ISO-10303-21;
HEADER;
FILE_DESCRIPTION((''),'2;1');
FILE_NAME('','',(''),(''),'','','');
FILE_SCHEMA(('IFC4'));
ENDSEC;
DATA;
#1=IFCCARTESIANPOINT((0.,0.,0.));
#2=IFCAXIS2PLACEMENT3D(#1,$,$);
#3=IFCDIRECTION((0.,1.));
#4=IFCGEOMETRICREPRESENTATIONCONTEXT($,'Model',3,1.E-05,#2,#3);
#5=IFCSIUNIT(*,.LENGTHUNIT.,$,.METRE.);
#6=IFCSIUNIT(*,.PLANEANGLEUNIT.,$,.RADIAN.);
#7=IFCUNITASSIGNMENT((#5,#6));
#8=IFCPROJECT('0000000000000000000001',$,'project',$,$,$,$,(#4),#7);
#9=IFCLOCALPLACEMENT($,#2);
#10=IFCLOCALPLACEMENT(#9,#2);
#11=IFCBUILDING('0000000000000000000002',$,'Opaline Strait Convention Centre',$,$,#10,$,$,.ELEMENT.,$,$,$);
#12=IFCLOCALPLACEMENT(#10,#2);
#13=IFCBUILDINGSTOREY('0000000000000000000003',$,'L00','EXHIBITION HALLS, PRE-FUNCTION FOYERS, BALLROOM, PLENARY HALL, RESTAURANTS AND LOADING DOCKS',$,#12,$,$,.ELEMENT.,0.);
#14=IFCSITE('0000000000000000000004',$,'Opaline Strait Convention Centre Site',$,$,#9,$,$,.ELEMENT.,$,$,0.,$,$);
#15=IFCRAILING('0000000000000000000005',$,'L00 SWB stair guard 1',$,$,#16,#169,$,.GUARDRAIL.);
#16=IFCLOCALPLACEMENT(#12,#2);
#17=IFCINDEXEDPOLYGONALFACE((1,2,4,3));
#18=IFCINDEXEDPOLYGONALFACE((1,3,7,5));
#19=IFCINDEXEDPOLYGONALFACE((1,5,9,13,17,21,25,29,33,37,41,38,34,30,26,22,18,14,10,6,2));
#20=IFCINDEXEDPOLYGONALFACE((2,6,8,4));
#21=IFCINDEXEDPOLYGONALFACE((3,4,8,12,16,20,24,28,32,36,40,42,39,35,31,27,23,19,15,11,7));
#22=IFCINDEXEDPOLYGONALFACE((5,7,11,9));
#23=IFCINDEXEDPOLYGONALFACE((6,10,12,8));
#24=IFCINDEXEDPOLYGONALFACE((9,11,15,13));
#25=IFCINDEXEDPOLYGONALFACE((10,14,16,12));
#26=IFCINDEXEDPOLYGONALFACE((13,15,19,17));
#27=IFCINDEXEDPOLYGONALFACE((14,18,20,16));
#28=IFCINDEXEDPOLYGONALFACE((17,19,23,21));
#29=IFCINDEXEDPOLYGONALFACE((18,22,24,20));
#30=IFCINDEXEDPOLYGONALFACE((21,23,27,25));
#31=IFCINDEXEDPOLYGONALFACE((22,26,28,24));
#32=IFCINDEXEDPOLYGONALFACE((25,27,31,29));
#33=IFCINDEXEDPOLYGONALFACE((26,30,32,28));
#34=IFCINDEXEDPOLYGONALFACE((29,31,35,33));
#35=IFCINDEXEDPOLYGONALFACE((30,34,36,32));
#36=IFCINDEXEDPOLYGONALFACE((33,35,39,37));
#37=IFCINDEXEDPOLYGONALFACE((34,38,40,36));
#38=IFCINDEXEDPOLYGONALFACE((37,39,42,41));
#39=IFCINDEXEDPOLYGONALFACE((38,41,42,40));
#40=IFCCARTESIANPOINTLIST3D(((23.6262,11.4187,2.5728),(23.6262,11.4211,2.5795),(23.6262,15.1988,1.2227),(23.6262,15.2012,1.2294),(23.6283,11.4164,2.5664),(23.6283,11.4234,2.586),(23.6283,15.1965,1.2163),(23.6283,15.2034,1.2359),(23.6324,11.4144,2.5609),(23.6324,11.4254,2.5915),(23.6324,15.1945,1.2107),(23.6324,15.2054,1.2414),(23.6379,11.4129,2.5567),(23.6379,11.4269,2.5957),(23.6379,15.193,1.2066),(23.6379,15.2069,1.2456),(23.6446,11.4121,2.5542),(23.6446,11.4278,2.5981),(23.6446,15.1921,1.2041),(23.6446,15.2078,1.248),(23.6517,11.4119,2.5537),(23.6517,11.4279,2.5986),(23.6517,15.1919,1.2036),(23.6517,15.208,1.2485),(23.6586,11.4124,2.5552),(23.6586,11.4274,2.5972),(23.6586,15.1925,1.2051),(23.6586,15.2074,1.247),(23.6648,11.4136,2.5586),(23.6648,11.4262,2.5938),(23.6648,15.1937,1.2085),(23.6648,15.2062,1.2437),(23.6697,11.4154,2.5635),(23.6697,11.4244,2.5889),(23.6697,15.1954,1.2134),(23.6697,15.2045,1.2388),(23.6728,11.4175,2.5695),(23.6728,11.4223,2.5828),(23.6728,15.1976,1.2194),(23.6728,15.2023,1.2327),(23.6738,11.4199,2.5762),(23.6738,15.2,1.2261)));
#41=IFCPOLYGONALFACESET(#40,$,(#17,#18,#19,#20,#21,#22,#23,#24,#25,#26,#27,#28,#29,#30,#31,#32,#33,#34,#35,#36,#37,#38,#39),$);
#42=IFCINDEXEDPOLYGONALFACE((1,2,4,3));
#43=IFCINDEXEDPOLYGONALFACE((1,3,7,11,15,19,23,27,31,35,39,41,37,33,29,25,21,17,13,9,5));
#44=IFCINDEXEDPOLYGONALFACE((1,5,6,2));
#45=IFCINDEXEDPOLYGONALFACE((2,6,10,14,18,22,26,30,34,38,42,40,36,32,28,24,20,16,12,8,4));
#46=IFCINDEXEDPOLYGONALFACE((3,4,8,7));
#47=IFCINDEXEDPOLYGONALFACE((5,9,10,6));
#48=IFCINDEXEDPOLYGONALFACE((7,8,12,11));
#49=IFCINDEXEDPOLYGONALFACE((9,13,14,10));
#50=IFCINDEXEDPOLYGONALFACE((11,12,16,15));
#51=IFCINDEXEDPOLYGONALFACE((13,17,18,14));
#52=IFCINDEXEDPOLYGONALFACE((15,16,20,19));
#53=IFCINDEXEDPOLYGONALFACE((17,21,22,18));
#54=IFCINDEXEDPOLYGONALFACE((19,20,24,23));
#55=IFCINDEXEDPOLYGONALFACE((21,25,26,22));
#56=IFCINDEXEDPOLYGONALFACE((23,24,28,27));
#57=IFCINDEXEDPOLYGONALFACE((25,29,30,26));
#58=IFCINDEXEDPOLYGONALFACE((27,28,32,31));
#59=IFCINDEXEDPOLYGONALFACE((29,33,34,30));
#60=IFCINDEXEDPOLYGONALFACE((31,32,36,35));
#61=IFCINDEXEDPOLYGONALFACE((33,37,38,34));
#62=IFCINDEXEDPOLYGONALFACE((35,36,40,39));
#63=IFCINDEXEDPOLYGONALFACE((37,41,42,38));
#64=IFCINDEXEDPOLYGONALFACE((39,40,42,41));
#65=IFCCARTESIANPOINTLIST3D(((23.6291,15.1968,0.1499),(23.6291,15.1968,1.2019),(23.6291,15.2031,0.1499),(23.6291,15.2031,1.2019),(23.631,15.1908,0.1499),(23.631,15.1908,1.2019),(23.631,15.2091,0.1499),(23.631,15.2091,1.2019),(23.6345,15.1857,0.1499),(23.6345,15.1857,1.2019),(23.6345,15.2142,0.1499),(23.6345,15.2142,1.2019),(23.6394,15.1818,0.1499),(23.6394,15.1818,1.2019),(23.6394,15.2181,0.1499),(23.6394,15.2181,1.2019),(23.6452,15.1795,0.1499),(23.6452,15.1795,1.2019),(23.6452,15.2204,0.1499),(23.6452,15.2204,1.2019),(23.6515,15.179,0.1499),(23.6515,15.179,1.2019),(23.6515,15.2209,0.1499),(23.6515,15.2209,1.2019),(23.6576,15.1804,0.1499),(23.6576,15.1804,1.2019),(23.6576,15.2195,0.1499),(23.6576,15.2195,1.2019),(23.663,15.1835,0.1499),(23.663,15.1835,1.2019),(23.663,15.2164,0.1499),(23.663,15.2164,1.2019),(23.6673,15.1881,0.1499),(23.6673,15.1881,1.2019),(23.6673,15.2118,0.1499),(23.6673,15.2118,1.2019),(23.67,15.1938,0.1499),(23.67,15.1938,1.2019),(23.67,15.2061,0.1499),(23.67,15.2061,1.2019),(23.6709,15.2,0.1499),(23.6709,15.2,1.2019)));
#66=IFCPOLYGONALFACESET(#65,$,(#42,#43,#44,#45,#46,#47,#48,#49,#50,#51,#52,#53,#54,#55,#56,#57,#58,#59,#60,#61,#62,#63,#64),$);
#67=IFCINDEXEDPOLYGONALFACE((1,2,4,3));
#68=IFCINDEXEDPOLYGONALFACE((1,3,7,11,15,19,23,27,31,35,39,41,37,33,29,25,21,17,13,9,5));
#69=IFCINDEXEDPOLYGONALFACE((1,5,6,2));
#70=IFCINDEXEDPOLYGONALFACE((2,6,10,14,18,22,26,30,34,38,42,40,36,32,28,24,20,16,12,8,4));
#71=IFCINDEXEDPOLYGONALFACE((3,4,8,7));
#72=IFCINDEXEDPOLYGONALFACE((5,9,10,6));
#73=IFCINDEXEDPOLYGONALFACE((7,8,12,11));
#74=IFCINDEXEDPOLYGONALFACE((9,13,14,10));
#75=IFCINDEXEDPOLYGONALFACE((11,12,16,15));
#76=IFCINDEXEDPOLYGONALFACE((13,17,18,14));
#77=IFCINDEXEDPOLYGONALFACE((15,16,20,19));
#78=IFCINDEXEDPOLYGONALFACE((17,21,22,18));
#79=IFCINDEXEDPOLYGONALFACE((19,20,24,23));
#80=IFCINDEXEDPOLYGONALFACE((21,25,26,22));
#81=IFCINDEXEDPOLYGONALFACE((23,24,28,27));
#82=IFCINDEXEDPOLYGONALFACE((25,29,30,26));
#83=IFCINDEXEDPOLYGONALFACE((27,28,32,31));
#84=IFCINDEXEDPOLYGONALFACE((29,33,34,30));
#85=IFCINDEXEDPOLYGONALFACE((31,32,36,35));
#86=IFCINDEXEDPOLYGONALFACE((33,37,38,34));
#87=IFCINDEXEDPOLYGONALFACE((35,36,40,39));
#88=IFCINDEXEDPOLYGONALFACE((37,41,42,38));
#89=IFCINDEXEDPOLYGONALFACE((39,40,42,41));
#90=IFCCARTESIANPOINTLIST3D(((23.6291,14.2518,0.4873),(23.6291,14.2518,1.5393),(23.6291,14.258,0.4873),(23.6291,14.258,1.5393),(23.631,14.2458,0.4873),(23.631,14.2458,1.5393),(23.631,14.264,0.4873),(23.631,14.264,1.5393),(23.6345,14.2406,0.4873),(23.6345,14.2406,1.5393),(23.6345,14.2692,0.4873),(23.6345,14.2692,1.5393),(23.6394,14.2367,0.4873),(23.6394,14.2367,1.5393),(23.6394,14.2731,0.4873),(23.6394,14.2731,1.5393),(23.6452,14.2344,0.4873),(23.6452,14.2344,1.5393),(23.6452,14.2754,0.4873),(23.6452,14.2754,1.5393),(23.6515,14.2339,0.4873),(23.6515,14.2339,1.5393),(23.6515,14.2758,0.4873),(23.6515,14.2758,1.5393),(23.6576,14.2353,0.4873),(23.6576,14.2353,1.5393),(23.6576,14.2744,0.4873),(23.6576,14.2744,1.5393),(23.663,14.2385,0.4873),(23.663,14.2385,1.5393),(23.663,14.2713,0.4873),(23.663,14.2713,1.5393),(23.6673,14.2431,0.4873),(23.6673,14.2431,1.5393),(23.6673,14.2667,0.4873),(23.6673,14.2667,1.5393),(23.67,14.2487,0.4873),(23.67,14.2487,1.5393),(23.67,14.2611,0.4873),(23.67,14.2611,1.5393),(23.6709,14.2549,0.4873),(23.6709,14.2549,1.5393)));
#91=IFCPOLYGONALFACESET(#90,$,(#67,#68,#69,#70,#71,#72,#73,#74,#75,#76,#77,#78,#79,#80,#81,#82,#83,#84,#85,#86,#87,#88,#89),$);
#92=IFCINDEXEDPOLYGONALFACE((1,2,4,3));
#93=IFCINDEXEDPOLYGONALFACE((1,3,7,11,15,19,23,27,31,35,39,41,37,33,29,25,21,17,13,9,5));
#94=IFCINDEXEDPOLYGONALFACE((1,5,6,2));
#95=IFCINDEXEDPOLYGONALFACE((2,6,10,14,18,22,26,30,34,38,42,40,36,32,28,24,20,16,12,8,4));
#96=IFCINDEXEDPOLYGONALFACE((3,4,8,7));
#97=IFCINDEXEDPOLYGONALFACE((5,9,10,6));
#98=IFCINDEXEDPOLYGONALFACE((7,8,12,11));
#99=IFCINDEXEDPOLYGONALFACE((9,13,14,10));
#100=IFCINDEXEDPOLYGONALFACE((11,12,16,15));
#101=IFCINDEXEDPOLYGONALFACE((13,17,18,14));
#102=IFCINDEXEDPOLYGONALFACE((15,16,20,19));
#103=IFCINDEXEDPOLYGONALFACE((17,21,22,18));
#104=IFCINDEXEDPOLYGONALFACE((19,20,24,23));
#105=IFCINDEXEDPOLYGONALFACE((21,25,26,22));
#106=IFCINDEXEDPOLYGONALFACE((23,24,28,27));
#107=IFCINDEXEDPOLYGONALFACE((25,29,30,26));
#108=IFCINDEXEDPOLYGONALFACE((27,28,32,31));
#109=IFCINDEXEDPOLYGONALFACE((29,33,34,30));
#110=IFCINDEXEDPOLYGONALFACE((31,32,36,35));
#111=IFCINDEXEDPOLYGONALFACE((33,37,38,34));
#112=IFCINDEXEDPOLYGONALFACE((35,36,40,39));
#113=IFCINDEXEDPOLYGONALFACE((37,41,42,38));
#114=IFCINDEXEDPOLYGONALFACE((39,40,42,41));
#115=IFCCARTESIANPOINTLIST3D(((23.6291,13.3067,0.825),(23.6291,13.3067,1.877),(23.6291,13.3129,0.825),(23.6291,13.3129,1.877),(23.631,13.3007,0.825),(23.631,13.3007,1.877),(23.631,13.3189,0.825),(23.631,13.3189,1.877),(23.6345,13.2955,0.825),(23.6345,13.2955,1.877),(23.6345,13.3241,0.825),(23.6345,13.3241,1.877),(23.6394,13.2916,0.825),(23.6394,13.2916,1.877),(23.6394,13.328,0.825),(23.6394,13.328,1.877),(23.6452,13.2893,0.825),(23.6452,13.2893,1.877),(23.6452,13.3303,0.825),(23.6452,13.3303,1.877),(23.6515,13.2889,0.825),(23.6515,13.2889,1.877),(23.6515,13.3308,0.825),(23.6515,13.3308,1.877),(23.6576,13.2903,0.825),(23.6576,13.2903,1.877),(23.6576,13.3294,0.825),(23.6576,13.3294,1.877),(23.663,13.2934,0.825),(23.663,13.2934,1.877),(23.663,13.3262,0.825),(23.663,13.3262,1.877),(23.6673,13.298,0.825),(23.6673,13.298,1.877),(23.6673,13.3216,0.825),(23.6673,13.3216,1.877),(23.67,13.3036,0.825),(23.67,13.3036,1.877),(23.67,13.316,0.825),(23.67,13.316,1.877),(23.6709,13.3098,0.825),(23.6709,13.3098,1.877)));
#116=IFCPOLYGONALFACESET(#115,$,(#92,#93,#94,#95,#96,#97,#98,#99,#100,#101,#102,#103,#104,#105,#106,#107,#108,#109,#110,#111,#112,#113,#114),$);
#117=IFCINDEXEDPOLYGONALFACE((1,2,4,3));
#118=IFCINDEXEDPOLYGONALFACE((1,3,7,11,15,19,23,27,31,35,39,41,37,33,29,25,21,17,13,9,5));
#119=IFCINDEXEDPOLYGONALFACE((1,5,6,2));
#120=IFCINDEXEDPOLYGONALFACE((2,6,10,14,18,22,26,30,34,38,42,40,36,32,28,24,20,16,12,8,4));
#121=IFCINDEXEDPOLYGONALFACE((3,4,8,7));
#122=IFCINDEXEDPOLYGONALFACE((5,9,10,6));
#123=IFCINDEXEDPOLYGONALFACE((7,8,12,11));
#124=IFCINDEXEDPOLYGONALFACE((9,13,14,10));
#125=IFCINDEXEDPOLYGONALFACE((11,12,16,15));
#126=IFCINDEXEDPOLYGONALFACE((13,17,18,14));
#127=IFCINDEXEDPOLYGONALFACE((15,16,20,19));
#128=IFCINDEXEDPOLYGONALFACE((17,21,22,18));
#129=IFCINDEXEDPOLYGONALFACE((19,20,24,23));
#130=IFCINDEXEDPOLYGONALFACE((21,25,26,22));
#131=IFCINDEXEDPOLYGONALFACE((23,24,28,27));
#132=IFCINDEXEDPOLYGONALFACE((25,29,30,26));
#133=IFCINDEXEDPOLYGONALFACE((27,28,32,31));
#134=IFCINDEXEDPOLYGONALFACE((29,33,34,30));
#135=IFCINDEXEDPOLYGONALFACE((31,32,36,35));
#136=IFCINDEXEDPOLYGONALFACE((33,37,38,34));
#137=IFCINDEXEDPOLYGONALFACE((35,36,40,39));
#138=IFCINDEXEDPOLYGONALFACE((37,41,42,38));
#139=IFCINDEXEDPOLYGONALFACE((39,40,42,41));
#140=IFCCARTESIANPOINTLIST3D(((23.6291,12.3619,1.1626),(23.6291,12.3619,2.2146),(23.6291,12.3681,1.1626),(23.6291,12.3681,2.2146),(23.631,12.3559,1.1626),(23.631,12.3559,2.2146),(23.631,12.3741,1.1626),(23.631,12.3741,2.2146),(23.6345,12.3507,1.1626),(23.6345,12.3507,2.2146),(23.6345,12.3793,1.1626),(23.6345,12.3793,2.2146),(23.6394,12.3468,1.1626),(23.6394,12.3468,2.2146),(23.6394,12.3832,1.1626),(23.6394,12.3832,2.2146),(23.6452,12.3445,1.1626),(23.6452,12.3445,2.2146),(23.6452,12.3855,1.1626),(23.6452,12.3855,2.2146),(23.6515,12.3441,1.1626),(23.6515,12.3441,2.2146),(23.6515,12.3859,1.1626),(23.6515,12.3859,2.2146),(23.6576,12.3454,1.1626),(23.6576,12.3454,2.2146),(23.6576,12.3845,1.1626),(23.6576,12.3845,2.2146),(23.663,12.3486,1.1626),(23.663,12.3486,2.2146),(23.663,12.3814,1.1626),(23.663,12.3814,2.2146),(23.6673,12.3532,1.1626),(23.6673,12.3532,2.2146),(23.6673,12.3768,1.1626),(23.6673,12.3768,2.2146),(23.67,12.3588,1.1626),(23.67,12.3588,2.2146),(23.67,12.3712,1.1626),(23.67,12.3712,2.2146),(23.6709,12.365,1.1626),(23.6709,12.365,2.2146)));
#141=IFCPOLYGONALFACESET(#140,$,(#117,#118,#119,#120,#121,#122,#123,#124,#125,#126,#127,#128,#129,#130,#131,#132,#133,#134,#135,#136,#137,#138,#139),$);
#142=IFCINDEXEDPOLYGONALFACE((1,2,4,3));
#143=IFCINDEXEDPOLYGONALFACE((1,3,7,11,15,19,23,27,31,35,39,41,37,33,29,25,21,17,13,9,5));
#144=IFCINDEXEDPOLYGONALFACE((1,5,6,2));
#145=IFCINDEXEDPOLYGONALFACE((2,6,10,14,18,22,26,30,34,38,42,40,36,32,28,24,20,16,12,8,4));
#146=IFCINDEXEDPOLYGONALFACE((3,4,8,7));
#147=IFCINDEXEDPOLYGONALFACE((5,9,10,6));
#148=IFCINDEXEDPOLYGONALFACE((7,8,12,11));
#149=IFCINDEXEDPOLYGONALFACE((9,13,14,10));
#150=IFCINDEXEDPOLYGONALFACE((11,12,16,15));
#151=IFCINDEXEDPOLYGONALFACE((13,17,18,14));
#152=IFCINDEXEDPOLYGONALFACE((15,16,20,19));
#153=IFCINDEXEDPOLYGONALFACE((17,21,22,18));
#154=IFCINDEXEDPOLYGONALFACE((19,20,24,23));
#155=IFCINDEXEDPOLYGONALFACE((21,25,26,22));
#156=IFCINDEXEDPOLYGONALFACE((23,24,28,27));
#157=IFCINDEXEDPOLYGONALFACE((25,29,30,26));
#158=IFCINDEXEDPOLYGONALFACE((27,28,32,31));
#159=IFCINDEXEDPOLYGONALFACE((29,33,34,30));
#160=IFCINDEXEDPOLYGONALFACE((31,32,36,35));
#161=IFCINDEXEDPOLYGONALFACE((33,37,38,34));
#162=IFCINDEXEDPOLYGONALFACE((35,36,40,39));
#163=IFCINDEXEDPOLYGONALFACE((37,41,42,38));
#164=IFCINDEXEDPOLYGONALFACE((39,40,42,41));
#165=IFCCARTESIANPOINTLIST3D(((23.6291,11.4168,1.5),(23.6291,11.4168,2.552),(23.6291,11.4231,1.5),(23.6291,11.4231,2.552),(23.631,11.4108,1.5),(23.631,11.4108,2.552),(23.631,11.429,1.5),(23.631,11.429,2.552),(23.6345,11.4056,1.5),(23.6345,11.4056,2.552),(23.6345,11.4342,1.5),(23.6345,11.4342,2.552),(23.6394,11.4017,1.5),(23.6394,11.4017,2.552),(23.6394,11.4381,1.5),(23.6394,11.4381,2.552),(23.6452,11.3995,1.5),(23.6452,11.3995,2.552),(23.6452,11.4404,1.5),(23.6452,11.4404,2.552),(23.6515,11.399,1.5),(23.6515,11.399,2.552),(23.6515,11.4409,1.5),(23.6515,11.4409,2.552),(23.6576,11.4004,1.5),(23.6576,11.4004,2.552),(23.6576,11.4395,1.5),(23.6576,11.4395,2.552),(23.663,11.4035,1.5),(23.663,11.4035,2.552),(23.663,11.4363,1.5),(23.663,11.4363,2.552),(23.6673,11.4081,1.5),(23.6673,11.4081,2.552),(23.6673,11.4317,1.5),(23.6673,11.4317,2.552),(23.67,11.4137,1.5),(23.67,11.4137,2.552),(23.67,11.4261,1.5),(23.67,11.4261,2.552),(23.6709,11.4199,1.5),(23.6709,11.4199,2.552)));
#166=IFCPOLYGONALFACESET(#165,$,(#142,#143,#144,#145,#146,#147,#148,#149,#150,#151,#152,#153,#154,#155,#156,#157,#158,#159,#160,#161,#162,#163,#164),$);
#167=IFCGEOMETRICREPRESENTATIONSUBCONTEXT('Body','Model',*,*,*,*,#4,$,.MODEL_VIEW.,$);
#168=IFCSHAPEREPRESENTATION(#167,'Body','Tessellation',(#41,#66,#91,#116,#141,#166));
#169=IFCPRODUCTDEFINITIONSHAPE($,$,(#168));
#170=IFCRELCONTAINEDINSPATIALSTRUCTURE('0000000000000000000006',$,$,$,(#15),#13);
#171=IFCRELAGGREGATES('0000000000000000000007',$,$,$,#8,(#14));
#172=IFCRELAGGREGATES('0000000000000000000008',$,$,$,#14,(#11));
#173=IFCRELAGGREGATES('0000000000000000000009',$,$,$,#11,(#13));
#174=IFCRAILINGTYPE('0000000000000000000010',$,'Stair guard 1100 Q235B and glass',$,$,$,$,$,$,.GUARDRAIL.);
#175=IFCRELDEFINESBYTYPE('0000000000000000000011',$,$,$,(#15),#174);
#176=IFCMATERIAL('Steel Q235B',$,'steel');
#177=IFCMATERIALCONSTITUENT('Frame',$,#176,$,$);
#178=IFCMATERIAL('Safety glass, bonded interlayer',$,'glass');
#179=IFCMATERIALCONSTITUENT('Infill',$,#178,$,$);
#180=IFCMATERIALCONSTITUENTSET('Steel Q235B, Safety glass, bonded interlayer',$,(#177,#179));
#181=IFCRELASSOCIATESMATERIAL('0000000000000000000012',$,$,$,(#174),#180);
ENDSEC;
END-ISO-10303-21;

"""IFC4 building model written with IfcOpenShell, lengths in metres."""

from ifc_helpers import new_model, si_unit, direction, frame, origin, origin_2d, place, context, subcontext, project, spatial, circle, extrude, material, constituent, constituent_set, type_object, element, save


model = new_model("IFC4")

# Units and contexts
model_context = context("Model", 3, precision=1e-05, world=origin(), true_north=direction((0.0, 1.0)))
body_context = subcontext(model_context, "Body", "Model", "MODEL_VIEW")
ifc_project = project(units=[si_unit("LENGTHUNIT", "METRE"), si_unit("PLANEANGLEUNIT", "RADIAN")], contexts=[model_context])

# Site, building, storey
site_placement = place(None, origin())
site = spatial("IfcSite", under=ifc_project, at=site_placement, Name="Opaline Strait Convention Centre Site", CompositionType="ELEMENT", RefElevation=0.0)
building_placement = place(site_placement, origin())
building = spatial("IfcBuilding", under=site, at=building_placement, Name="Opaline Strait Convention Centre", CompositionType="ELEMENT")
storey_placement = place(building_placement, origin())
storey = spatial("IfcBuildingStorey", under=building, at=storey_placement, Name="L00", Description="EXHIBITION HALLS, PRE-FUNCTION FOYERS, BALLROOM, PLENARY HALL, RESTAURANTS AND LOADING DOCKS", CompositionType="ELEMENT", Elevation=0.0)

# Railing
ifc_material_1 = material(Name="Steel Q235B", Category="steel")
ifc_constituent_1 = constituent(ifc_material_1, Name="Frame")
ifc_material_2 = material(Name="Safety glass, bonded interlayer", Category="glass")
ifc_constituent_2 = constituent(ifc_material_2, Name="Infill")
ifc_constituent_set = constituent_set(constituents=[ifc_constituent_1, ifc_constituent_2], Name="Steel Q235B, Safety glass, bonded interlayer")
railing_type_1 = type_object("IfcRailingType", Name="Stair guard 1100 Q235B and glass", PredefinedType="GUARDRAIL", material=ifc_constituent_set)
railing_1_placement = place(storey_placement, frame((23.6499, 15.2, 0.1499)))
element("IfcRailing", 1, at=railing_1_placement, inside=storey, type_object=railing_type_1, Name="L00 SWB stair guard 1", PredefinedType="GUARDRAIL", context=body_context, shape_type="SweptSolid", body=[
    extrude(circle(Radius=0.0239, at=origin_2d()), frame((0.0, 0.0, 1.0762), z_axis=(0.0, -0.941735, 0.336356), x_axis=(1.0, 0.0, 0.0)), (0.0, 0.0, 1.0), 4.0139),
    extrude(circle(Radius=0.021, at=origin_2d()), origin(), (0.0, 0.0, 1.0), 1.052),
    extrude(circle(Radius=0.021, at=origin_2d()), frame((0.0, -0.9451, 0.3374)), (0.0, 0.0, 1.0), 1.052),
    extrude(circle(Radius=0.021, at=origin_2d()), frame((0.0, -1.8901, 0.675)), (0.0, 0.0, 1.0), 1.052),
    extrude(circle(Radius=0.021, at=origin_2d()), frame((0.0, -2.835, 1.0127)), (0.0, 0.0, 1.0), 1.052),
    extrude(circle(Radius=0.021, at=origin_2d()), frame((0.0, -3.78, 1.3501)), (0.0, 0.0, 1.0), 1.052),
])

save(model, "model.ifc")
